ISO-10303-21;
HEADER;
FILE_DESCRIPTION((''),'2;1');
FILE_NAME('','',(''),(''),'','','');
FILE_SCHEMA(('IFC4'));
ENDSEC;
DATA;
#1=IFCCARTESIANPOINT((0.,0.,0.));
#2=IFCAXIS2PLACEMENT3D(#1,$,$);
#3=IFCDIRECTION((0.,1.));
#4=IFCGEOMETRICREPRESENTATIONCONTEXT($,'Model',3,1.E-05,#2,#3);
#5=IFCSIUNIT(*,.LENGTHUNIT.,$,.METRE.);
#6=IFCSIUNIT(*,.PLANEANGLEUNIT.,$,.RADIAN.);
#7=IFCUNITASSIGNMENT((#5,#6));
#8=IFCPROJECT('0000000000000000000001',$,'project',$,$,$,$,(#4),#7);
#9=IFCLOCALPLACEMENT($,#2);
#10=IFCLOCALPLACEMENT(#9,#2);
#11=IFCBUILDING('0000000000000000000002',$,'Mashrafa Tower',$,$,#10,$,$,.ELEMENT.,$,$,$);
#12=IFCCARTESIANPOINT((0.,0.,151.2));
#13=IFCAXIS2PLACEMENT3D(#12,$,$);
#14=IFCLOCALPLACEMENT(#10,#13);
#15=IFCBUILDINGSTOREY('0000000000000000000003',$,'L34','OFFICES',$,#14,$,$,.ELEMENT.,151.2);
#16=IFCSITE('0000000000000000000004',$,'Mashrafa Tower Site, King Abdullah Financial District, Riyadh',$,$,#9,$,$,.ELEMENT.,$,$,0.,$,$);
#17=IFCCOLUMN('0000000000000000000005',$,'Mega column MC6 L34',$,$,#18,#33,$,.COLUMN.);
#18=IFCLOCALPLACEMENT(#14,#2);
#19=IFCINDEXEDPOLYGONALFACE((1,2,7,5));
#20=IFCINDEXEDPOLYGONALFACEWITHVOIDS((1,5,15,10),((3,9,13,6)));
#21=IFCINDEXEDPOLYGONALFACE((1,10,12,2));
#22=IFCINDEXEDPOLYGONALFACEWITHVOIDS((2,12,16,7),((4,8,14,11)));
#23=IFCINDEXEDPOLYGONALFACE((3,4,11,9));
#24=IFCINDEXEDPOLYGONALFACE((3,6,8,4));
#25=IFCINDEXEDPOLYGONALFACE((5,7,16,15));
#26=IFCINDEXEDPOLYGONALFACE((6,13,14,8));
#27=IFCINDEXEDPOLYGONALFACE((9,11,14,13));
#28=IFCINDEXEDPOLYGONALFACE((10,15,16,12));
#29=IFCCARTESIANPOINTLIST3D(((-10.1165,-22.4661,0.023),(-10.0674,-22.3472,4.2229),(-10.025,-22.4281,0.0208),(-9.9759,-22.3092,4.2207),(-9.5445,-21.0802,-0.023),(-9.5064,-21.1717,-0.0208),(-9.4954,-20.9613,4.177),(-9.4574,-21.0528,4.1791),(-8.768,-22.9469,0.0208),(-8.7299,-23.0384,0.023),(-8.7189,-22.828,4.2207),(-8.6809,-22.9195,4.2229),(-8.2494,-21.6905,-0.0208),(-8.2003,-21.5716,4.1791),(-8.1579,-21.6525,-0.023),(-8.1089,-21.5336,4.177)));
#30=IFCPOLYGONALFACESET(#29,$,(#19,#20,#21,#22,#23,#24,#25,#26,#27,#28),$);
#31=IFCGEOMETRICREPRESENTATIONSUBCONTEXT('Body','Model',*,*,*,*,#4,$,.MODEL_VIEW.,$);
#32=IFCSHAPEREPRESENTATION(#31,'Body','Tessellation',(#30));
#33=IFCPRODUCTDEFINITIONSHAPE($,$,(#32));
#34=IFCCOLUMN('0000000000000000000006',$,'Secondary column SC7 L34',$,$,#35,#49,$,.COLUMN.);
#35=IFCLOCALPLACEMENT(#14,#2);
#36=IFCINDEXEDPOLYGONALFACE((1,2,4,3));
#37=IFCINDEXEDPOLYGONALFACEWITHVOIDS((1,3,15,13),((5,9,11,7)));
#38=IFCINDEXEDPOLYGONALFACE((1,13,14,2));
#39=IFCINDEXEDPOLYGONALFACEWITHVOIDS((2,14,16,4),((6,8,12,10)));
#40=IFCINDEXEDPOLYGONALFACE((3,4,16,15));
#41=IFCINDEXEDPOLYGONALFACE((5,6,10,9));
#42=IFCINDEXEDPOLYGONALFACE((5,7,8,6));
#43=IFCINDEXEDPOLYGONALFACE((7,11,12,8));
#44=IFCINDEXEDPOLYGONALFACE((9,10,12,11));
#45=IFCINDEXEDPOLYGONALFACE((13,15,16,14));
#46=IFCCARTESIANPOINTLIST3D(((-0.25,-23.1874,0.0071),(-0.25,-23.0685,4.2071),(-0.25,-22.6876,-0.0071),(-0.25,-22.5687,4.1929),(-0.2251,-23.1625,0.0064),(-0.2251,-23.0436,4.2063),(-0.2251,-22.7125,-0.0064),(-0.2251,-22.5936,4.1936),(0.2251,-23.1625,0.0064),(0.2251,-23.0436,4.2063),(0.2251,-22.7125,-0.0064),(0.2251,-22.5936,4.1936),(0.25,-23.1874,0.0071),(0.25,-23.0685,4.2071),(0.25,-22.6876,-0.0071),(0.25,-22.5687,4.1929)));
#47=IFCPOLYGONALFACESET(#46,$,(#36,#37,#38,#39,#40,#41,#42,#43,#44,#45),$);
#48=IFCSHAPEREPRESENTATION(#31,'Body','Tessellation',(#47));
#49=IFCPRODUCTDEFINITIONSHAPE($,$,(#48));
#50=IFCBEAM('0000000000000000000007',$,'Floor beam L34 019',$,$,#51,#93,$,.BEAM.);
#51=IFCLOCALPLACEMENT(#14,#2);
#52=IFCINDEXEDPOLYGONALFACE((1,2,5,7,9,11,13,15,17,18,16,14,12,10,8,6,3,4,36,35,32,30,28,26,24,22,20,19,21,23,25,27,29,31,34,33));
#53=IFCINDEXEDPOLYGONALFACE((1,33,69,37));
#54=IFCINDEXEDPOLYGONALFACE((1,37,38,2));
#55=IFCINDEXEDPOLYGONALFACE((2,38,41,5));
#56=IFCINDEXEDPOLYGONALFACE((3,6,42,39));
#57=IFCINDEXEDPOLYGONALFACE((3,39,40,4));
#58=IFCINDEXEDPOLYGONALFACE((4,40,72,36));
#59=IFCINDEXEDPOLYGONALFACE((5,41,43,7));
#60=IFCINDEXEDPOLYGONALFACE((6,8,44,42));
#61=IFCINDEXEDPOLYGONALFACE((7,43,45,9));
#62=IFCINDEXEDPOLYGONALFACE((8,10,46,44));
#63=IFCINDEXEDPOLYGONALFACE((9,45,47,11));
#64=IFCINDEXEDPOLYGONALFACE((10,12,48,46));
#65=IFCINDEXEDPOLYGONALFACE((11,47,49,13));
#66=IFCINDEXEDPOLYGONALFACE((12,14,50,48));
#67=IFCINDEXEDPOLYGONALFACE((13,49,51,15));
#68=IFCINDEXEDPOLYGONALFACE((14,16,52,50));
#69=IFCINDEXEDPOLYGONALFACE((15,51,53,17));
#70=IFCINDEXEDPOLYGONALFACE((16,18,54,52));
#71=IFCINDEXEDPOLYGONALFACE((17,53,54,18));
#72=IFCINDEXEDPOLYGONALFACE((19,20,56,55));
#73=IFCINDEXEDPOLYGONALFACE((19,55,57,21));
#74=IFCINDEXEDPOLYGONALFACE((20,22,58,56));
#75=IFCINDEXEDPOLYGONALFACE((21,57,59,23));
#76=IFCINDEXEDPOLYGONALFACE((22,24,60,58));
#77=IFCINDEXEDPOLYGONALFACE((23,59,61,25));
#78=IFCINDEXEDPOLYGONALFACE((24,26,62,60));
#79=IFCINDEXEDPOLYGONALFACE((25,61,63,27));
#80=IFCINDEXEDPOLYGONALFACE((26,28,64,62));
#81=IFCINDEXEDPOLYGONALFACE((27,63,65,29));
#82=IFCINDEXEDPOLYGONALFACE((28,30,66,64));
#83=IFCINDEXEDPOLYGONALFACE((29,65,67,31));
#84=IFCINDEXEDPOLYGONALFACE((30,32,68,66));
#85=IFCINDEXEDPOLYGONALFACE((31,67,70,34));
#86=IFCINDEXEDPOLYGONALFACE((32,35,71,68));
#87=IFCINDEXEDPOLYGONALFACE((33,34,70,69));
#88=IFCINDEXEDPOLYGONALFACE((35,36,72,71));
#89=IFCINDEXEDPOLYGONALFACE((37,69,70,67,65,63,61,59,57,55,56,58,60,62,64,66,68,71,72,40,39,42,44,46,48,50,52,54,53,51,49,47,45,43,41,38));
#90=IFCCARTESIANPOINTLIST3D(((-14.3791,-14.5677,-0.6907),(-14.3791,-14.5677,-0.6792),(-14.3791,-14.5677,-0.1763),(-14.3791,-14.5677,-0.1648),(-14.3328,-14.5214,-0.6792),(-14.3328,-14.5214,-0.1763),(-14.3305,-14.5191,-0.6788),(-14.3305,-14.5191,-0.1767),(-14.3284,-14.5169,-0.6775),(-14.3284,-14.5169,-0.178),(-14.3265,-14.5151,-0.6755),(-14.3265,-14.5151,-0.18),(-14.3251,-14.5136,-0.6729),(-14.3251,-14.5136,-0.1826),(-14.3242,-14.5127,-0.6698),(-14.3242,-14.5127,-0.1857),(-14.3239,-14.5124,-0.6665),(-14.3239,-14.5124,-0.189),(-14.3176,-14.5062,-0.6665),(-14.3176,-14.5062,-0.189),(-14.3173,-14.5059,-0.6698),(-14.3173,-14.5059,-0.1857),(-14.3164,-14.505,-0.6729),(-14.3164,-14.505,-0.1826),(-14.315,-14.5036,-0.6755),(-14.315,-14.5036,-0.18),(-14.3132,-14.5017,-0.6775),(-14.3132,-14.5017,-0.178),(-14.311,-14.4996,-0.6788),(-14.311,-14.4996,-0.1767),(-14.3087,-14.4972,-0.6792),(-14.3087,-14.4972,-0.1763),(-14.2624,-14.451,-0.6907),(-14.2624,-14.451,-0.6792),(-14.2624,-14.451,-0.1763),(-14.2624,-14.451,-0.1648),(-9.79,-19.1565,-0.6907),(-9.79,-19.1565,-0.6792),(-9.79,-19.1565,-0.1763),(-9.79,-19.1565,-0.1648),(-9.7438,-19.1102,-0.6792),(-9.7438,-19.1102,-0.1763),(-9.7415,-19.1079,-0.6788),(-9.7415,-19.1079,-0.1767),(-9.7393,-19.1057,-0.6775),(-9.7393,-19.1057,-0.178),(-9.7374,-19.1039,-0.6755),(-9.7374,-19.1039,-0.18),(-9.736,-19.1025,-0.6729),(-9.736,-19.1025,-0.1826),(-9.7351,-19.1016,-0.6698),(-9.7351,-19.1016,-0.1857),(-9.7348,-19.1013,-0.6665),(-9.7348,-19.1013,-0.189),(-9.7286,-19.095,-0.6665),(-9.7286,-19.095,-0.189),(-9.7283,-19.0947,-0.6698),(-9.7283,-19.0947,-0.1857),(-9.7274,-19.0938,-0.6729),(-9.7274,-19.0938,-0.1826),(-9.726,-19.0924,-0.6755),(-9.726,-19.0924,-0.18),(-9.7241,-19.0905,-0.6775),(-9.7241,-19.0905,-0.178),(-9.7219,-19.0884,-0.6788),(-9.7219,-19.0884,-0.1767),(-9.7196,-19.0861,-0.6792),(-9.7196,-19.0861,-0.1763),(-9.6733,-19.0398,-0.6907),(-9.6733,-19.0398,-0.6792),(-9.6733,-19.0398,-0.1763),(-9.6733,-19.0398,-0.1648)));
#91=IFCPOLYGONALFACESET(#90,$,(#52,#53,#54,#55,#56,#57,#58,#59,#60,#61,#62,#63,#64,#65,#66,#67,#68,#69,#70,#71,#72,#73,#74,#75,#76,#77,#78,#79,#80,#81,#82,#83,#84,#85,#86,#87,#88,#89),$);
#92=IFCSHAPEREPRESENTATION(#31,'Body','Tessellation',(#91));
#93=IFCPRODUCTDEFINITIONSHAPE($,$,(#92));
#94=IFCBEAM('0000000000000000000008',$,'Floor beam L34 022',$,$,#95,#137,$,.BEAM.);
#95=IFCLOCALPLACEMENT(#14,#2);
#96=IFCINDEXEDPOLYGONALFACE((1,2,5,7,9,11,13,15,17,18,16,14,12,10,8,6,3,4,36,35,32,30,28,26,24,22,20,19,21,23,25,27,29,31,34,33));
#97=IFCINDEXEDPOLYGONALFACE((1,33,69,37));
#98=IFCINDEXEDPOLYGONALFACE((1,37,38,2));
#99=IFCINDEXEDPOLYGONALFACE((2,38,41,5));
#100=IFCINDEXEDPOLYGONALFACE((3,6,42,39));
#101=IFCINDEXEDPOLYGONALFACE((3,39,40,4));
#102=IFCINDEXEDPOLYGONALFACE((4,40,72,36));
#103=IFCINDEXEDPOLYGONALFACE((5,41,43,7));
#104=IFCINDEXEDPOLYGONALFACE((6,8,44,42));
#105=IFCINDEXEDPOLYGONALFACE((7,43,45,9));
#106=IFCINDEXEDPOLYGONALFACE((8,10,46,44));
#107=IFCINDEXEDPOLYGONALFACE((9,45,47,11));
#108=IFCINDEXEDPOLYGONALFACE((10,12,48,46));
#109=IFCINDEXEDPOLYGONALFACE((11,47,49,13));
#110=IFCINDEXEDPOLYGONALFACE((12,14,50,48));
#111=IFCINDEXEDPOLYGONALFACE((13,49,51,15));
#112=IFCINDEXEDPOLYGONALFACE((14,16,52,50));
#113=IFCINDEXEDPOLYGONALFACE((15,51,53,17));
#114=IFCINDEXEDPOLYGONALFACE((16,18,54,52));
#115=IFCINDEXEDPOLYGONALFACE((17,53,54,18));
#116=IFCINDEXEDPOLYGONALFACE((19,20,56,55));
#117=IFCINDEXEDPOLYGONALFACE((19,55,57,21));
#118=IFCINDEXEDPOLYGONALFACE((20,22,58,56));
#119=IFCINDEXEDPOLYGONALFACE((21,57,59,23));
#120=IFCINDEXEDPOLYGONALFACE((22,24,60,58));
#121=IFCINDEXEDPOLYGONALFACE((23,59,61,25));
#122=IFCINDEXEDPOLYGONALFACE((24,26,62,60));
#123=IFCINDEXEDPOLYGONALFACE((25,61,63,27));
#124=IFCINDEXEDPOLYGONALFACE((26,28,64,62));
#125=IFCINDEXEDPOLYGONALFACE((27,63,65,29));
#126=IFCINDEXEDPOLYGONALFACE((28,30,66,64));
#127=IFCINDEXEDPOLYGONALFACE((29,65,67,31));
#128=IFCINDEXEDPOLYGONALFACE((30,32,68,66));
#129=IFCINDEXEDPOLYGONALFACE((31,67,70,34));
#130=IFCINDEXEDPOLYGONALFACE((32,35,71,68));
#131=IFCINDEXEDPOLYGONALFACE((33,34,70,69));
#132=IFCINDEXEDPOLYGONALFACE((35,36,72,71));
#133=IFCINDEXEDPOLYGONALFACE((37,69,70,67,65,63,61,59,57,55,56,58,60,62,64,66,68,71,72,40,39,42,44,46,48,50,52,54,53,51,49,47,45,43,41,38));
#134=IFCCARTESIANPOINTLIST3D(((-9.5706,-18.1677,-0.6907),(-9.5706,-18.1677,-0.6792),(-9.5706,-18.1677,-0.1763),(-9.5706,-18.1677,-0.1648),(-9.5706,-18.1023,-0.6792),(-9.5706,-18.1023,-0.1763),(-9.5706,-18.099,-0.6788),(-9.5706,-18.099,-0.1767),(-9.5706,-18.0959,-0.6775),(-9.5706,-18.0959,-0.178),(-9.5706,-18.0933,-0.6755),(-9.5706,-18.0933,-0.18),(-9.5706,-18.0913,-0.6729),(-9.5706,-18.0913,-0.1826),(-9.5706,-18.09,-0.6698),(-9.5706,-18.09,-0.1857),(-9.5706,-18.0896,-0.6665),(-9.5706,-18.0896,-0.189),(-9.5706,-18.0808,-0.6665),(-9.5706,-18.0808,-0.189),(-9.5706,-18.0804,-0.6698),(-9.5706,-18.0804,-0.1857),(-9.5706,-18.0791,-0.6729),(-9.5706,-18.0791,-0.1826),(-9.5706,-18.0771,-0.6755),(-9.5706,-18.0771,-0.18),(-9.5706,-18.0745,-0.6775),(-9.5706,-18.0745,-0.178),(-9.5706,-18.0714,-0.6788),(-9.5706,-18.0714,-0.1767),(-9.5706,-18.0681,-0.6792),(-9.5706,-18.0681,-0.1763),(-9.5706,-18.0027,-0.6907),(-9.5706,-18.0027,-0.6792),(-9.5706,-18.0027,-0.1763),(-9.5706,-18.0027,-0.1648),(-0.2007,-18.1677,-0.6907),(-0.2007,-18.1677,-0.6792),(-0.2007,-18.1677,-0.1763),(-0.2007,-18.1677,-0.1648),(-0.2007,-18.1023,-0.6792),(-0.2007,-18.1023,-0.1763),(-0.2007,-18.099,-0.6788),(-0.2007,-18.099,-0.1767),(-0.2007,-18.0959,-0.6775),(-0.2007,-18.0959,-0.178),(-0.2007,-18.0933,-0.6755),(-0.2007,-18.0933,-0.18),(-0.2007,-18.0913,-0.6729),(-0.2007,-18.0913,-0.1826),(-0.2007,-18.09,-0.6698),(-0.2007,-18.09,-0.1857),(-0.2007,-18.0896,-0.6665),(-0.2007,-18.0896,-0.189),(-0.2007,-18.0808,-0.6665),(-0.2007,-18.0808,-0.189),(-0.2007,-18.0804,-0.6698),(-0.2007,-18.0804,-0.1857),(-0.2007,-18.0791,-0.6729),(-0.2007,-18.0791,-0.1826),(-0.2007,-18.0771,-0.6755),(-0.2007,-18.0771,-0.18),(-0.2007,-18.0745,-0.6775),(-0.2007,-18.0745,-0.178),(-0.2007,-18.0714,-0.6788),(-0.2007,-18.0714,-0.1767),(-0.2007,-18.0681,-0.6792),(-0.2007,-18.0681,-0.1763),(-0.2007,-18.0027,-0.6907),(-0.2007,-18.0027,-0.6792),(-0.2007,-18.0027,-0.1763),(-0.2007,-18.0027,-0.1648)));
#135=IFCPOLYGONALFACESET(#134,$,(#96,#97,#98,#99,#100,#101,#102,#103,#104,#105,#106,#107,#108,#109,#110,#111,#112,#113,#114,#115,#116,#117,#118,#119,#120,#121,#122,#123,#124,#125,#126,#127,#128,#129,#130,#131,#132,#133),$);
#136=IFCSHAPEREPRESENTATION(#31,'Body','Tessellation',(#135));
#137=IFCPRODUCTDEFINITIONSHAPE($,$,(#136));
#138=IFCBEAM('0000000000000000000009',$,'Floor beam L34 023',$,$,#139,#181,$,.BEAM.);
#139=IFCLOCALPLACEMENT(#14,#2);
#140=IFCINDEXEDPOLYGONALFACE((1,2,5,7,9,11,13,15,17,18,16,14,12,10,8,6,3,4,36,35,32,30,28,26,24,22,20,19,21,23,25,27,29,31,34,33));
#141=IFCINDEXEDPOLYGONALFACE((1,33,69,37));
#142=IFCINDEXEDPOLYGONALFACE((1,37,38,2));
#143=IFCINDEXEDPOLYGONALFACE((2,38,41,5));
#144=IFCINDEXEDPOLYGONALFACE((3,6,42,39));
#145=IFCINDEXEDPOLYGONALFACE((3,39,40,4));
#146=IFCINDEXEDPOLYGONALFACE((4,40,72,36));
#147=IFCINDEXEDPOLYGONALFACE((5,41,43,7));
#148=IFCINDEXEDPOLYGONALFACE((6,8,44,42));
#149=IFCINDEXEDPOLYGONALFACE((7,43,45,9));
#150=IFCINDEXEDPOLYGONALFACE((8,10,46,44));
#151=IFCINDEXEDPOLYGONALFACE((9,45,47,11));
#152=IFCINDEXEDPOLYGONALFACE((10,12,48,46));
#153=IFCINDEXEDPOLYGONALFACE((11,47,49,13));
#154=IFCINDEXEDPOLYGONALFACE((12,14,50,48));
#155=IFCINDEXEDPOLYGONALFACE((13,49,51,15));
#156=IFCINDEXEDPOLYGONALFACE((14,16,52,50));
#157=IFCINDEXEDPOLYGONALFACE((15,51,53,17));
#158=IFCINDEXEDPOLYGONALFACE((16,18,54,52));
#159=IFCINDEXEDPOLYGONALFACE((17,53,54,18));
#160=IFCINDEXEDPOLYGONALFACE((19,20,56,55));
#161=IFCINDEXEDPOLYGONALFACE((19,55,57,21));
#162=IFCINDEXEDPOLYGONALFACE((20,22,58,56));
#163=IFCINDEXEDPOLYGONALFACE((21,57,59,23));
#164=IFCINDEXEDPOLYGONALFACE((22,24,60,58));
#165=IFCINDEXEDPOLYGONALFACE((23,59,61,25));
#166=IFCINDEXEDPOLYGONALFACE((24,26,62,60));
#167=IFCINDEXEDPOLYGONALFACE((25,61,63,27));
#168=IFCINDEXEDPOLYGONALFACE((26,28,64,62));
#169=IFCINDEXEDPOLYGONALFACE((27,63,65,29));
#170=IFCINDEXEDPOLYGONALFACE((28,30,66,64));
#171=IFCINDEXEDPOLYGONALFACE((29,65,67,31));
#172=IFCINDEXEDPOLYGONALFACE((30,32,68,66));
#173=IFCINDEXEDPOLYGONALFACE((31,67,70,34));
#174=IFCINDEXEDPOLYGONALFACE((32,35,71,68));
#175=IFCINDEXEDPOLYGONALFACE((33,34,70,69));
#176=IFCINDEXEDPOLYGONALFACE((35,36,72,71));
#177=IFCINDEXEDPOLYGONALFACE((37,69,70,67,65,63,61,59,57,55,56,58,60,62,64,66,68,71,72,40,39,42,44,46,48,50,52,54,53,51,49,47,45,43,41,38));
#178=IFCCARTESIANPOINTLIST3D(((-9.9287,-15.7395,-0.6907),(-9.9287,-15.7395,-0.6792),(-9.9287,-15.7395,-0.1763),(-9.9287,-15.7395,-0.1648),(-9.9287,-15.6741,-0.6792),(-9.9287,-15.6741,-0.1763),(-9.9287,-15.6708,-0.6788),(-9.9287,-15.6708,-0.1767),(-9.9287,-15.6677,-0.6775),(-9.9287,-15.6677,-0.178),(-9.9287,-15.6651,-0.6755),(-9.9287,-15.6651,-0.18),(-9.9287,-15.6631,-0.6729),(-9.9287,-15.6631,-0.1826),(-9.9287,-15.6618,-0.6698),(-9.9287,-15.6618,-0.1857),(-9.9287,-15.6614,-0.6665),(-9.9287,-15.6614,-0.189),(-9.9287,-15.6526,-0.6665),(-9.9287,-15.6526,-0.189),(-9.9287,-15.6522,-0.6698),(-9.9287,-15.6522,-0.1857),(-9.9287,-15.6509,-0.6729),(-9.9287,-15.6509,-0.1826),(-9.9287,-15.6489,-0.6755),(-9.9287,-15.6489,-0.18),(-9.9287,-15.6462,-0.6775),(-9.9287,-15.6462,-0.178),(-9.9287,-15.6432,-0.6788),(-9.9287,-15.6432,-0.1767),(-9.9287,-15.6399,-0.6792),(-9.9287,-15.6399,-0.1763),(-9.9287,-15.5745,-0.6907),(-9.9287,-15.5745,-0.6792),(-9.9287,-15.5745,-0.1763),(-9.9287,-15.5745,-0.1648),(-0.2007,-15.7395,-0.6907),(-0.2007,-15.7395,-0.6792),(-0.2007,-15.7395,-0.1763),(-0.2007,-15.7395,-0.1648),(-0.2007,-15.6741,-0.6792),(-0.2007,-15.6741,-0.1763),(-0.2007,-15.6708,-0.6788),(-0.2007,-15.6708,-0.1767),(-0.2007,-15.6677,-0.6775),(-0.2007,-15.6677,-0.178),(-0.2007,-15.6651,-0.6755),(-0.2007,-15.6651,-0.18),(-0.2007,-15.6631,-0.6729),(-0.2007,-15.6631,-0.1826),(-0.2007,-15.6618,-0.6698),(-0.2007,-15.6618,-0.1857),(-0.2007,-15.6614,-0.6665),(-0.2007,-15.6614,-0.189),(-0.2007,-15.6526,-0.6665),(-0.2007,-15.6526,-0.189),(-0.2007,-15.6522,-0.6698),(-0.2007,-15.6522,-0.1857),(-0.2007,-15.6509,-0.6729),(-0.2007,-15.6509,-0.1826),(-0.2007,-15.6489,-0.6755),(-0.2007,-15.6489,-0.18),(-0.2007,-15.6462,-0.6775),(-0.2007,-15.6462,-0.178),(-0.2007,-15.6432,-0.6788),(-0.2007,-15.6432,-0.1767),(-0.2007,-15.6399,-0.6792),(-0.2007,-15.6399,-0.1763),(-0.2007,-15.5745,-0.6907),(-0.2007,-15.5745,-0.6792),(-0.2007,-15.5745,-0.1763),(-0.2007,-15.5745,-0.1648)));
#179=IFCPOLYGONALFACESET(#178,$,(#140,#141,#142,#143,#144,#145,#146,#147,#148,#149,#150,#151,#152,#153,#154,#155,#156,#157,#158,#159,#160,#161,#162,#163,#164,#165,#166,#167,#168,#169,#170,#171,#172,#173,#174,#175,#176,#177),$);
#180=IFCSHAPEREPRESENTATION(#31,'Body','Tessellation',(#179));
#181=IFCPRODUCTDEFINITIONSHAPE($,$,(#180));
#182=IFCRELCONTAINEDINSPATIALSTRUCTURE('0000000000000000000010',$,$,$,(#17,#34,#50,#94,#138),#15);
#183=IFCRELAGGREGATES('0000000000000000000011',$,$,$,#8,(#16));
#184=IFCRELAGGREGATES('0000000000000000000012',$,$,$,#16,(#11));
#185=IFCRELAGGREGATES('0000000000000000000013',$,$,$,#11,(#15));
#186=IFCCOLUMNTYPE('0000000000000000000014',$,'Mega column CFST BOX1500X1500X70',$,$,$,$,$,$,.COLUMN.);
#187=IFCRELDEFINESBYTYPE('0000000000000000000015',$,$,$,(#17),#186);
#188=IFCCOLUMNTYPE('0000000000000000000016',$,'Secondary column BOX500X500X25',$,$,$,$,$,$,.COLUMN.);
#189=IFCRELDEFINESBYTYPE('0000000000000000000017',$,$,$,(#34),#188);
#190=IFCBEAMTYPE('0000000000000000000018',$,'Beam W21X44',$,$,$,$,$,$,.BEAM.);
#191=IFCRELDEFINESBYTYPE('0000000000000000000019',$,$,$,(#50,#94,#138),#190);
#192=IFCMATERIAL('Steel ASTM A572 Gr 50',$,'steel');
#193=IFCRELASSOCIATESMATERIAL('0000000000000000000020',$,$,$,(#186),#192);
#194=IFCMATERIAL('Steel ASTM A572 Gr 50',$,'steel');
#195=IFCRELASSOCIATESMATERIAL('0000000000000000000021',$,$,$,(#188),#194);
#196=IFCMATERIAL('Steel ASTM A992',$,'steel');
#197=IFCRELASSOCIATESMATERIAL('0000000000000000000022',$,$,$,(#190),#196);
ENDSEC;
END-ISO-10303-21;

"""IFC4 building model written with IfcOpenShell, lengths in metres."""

from ifc_helpers import new_model, si_unit, direction, frame, origin, origin_2d, place, context, subcontext, project, spatial, hollow_rectangle, i_section, extrude, material, material_profile, profile_set, type_object, element, save


model = new_model("IFC4")

# Units and contexts
model_context = context("Model", 3, precision=1e-05, world=origin(), true_north=direction((0.0, 1.0)))
body_context = subcontext(model_context, "Body", "Model", "MODEL_VIEW")
ifc_project = project(units=[si_unit("LENGTHUNIT", "METRE"), si_unit("PLANEANGLEUNIT", "RADIAN")], contexts=[model_context])

# Site, building, storey
site_placement = place(None, origin())
site = spatial("IfcSite", under=ifc_project, at=site_placement, Name="Mashrafa Tower Site, King Abdullah Financial District, Riyadh", CompositionType="ELEMENT", RefElevation=0.0)
building_placement = place(site_placement, origin())
building = spatial("IfcBuilding", under=site, at=building_placement, Name="Mashrafa Tower", CompositionType="ELEMENT")
storey_placement = place(building_placement, frame((0.0, 0.0, 151.2)))
storey = spatial("IfcBuildingStorey", under=building, at=storey_placement, Name="L34", Description="OFFICES", CompositionType="ELEMENT", Elevation=151.2)

# Columns
ifc_material_1 = material(Name="Steel ASTM A572 Gr 50", Category="steel")
ifc_material_profile_1 = material_profile(ifc_material_1, hollow_rectangle(XDim=1.5, YDim=1.5, WallThickness=0.0701, at=origin_2d()), Name="BOX1500X1500X70")
ifc_profile_set_1 = profile_set([ifc_material_profile_1], Name="Steel ASTM A572 Gr 50")
column_type_1 = type_object("IfcColumnType", Name="Mega column CFST BOX1500X1500X70", PredefinedType="COLUMN", material=ifc_profile_set_1)
column_1_placement = place(storey_placement, frame((-9.1372, -22.0593, 0.0), z_axis=(0.011679, 0.028296, 0.999531), x_axis=(-0.924363, 0.381513, 0.0)))
element("IfcColumn", 1, at=column_1_placement, inside=storey, type_object=column_type_1, Name="Mega column MC6 L34", PredefinedType="COLUMN", context=body_context, shape_type="SweptSolid", body=[
    extrude(hollow_rectangle(XDim=1.5, YDim=1.5, WallThickness=0.0701, at=origin_2d()), origin(), (0.0, 0.0, 1.0), 4.2019),
])
ifc_material_2 = material(Name="Steel ASTM A572 Gr 50", Category="steel")
ifc_material_profile_2 = material_profile(ifc_material_2, hollow_rectangle(XDim=0.5, YDim=0.5, WallThickness=0.0249, at=origin_2d()), Name="BOX500X500X25")
ifc_profile_set_2 = profile_set([ifc_material_profile_2], Name="Steel ASTM A572 Gr 50")
column_type_2 = type_object("IfcColumnType", Name="Secondary column BOX500X500X25", PredefinedType="COLUMN", material=ifc_profile_set_2)
column_2_placement = place(storey_placement, frame((0.0, -22.9375, 0.0), z_axis=(0.0, 0.028298, 0.9996), x_axis=(-1.0, 0.0, 0.0)))
element("IfcColumn", 2, at=column_2_placement, inside=storey, type_object=column_type_2, Name="Secondary column SC7 L34", PredefinedType="COLUMN", context=body_context, shape_type="SweptSolid", body=[
    extrude(hollow_rectangle(XDim=0.5, YDim=0.5, WallThickness=0.0249, at=origin_2d()), origin(), (0.0, 0.0, 1.0), 4.2017),
])

# Beams
ifc_material_3 = material(Name="Steel ASTM A992", Category="steel")
ifc_material_profile_3 = material_profile(ifc_material_3, i_section(OverallWidth=0.165, OverallDepth=0.5259, WebThickness=0.0088, FlangeThickness=0.0115, FilletRadius=0.0127, at=origin_2d()), Name="W21X44")
ifc_profile_set_3 = profile_set([ifc_material_profile_3], Name="Steel ASTM A992")
beam_type_1 = type_object("IfcBeamType", Name="Beam W21X44", PredefinedType="BEAM", material=ifc_profile_set_3)
beam_1_placement = place(storey_placement, frame((-9.7317, -19.0981, -0.4277), z_axis=(-0.707126, 0.707088, 0.0), x_axis=(-0.707088, -0.707126, 0.0)))
element("IfcBeam", 3, at=beam_1_placement, inside=storey, type_object=beam_type_1, Name="Floor beam L34 019", PredefinedType="BEAM", context=body_context, shape_type="SweptSolid", body=[
    extrude(i_section(OverallWidth=0.165, OverallDepth=0.5259, WebThickness=0.0088, FlangeThickness=0.0115, FilletRadius=0.0127, at=origin_2d()), origin(), (0.0, 0.0, 1.0), 6.4897),
])
beam_2_placement = place(storey_placement, frame((-0.2007, -18.0852, -0.4277), z_axis=(-1.0, 0.0, 0.0), x_axis=(0.0, -1.0, 0.0)))
element("IfcBeam", 4, at=beam_2_placement, inside=storey, type_object=beam_type_1, Name="Floor beam L34 022", PredefinedType="BEAM", context=body_context, shape_type="SweptSolid", body=[
    extrude(i_section(OverallWidth=0.165, OverallDepth=0.5259, WebThickness=0.0088, FlangeThickness=0.0115, FilletRadius=0.0127, at=origin_2d()), origin(), (0.0, 0.0, 1.0), 9.3699),
])
beam_3_placement = place(storey_placement, frame((-0.2007, -15.657, -0.4277), z_axis=(-1.0, 0.0, 0.0), x_axis=(0.0, -1.0, 0.0)))
element("IfcBeam", 5, at=beam_3_placement, inside=storey, type_object=beam_type_1, Name="Floor beam L34 023", PredefinedType="BEAM", context=body_context, shape_type="SweptSolid", body=[
    extrude(i_section(OverallWidth=0.165, OverallDepth=0.5259, WebThickness=0.0088, FlangeThickness=0.0115, FilletRadius=0.0127, at=origin_2d()), origin(), (0.0, 0.0, 1.0), 9.728),
])

save(model, "model.ifc")
